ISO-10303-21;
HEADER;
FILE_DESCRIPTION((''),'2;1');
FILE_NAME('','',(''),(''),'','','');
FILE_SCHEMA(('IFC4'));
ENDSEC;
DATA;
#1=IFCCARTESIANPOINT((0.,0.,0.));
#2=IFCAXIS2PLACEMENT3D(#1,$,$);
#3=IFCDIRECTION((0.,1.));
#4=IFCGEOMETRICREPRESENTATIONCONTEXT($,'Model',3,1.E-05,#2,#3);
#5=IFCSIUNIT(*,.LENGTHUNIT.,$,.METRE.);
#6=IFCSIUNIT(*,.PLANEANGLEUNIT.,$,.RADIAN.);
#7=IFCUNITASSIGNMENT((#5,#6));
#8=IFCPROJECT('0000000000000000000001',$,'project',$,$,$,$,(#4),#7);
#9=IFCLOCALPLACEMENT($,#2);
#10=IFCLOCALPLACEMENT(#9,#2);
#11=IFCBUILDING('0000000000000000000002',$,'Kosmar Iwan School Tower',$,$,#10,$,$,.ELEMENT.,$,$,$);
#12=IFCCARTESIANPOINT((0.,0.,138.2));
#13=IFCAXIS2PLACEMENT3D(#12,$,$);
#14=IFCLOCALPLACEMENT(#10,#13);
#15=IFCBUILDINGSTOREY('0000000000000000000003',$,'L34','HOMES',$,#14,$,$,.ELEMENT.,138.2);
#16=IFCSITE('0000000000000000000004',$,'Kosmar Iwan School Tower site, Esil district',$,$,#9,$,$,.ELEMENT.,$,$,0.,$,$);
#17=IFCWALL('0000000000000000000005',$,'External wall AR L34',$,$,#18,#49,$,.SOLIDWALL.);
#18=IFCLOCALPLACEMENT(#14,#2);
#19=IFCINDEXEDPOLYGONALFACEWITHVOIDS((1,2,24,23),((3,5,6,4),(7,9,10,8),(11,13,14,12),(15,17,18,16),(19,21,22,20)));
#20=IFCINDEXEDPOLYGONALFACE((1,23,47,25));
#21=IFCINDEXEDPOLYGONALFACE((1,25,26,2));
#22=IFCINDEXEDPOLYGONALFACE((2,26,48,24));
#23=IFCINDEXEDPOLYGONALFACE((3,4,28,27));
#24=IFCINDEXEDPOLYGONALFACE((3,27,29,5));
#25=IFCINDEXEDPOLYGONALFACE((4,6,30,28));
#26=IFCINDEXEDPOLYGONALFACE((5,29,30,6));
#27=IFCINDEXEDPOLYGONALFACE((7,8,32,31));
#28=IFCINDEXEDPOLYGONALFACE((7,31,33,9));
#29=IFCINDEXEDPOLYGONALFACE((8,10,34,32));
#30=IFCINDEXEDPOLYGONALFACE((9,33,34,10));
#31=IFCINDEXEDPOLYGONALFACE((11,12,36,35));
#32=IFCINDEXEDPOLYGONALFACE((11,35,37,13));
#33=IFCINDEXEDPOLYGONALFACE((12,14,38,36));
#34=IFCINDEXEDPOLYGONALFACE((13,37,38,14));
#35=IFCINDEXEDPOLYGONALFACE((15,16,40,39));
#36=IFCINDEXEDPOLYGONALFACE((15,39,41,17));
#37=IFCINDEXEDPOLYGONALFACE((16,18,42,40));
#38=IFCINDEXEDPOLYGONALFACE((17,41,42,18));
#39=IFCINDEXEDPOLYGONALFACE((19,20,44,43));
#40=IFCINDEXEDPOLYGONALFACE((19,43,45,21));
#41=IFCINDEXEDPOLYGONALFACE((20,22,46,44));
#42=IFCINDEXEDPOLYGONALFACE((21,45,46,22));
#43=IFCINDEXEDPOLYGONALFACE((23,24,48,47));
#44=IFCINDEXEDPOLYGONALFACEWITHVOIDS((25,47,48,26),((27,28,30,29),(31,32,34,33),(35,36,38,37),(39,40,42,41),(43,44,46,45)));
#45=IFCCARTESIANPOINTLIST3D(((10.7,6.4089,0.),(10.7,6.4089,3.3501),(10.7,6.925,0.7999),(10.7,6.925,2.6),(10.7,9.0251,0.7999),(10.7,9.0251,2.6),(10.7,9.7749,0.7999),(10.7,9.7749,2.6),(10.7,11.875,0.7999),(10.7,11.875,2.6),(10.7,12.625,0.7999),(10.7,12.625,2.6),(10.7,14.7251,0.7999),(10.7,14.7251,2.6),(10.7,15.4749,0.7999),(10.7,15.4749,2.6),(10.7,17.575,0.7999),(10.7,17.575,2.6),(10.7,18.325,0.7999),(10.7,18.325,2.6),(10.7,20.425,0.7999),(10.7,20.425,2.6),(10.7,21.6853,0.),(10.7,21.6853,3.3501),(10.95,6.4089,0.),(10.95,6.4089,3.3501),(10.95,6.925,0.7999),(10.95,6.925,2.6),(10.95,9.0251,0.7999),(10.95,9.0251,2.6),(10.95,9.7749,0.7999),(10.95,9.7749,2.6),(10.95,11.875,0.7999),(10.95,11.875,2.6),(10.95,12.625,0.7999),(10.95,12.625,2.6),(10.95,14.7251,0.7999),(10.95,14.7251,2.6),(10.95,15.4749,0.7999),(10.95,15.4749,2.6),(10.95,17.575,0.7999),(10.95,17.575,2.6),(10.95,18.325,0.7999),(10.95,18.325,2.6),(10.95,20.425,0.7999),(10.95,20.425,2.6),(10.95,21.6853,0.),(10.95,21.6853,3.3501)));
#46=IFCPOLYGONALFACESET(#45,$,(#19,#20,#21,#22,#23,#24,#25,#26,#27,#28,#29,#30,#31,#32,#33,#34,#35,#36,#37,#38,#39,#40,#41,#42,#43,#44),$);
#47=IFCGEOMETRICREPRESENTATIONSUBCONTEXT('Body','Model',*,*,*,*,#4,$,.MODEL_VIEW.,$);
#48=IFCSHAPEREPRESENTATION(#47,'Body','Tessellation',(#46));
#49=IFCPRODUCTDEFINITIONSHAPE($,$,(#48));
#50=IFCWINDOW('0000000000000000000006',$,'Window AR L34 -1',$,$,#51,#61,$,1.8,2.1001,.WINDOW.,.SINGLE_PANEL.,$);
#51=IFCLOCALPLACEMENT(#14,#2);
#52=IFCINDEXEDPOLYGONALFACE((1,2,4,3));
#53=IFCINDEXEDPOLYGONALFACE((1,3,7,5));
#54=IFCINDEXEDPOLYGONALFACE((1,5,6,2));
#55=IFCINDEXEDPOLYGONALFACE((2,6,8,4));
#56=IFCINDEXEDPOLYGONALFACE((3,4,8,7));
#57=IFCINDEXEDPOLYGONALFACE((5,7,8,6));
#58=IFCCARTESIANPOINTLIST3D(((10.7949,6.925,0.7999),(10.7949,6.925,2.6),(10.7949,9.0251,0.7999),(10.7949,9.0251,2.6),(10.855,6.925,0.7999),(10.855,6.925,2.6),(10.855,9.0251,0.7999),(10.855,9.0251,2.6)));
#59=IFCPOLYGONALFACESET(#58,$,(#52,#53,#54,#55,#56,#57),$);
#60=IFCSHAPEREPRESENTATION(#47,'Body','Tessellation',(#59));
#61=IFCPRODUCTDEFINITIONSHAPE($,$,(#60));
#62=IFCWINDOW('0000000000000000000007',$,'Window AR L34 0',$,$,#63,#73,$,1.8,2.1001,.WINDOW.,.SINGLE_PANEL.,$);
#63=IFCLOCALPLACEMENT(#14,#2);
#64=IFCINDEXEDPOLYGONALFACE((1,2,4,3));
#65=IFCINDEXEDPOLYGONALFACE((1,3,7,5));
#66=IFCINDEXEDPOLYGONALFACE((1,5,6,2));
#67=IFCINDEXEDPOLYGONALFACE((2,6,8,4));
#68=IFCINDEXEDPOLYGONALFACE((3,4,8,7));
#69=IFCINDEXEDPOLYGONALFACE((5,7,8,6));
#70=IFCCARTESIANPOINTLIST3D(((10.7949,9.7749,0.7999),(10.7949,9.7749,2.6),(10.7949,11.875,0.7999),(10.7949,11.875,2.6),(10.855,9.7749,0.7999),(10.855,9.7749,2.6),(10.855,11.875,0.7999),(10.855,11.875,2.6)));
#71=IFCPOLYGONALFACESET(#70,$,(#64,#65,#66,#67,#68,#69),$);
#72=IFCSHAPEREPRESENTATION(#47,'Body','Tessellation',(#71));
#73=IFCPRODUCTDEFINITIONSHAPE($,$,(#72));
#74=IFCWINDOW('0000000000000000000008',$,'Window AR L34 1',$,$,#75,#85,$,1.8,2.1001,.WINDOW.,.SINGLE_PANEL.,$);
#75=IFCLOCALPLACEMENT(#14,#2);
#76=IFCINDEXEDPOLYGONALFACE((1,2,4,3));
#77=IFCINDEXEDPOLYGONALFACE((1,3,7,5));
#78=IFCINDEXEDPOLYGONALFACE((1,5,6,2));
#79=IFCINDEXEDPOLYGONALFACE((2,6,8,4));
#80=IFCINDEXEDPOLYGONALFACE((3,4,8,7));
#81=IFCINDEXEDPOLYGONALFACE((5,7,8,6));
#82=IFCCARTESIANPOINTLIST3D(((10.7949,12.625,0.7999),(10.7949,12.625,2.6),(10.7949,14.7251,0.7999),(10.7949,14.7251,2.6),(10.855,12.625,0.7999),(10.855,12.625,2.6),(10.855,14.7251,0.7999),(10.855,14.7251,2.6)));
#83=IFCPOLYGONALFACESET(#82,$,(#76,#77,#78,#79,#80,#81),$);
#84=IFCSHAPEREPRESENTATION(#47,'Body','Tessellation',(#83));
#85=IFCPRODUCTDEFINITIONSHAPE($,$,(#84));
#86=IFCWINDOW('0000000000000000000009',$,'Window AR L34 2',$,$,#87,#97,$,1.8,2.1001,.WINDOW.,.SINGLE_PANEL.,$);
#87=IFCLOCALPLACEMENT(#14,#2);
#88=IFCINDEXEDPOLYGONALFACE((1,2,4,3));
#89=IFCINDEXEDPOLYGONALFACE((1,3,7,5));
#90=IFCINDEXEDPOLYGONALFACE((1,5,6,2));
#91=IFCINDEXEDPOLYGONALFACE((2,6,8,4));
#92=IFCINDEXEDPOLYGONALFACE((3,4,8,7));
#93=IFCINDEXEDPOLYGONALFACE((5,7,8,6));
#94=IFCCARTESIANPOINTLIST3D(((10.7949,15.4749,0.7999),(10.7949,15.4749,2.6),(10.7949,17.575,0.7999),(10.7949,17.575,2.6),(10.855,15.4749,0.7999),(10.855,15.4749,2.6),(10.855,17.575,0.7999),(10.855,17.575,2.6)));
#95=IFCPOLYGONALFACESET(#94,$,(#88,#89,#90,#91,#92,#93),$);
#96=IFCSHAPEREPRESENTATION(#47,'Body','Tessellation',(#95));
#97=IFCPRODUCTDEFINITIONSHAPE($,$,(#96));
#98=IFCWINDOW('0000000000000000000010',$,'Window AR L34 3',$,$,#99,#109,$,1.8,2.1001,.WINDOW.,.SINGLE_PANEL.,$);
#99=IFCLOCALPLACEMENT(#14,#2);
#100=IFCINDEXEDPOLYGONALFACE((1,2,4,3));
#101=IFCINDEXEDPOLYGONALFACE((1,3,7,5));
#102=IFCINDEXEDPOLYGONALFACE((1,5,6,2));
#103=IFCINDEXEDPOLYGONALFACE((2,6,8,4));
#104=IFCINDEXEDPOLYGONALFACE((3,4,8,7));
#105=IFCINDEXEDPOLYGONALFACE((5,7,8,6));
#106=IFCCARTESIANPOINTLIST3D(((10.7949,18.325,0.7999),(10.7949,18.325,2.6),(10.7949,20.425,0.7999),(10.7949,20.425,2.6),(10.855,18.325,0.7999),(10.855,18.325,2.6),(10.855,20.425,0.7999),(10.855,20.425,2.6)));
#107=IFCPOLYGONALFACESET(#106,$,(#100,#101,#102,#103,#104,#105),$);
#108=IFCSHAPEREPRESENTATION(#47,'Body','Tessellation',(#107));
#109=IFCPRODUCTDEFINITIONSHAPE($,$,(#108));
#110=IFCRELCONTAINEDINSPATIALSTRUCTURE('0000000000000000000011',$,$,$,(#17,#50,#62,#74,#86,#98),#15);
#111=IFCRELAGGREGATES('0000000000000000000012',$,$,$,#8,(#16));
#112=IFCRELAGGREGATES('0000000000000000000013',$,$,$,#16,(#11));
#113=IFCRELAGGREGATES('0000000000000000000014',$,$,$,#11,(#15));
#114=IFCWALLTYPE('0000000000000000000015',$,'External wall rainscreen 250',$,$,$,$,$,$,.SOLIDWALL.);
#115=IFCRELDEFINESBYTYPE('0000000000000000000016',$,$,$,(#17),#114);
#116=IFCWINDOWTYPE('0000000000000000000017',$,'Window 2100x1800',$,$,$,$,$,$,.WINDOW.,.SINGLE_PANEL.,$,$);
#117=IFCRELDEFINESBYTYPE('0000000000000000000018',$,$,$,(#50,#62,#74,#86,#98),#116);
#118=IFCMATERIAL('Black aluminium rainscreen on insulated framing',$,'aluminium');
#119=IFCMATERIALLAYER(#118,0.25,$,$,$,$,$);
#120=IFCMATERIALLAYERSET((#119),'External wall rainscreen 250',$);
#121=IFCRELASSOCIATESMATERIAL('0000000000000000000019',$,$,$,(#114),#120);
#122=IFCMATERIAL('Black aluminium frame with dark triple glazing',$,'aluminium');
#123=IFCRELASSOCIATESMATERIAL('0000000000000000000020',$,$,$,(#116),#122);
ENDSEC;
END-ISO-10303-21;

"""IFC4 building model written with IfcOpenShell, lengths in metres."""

from ifc_helpers import new_model, si_unit, direction, frame, frame_2d, origin, place, context, subcontext, project, spatial, rectangle, extrude, material, layer, layer_set, type_object, element, fill, save


model = new_model("IFC4")

# Units and contexts
model_context = context("Model", 3, precision=1e-05, world=origin(), true_north=direction((0.0, 1.0)))
body_context = subcontext(model_context, "Body", "Model", "MODEL_VIEW")
ifc_project = project(units=[si_unit("LENGTHUNIT", "METRE"), si_unit("PLANEANGLEUNIT", "RADIAN")], contexts=[model_context])

# Site, building, storey
site_placement = place(None, origin())
site = spatial("IfcSite", under=ifc_project, at=site_placement, Name="Kosmar Iwan School Tower site, Esil district", CompositionType="ELEMENT", RefElevation=0.0)
building_placement = place(site_placement, origin())
building = spatial("IfcBuilding", under=site, at=building_placement, Name="Kosmar Iwan School Tower", CompositionType="ELEMENT")
storey_placement = place(building_placement, frame((0.0, 0.0, 138.2)))
storey = spatial("IfcBuildingStorey", under=building, at=storey_placement, Name="L34", Description="HOMES", CompositionType="ELEMENT", Elevation=138.2)

# Wall, openings, windows
ifc_material_1 = material(Name="Black aluminium rainscreen on insulated framing", Category="aluminium")
ifc_layer_1 = layer(ifc_material_1, 0.25)
ifc_layer_set_1 = layer_set([ifc_layer_1], Name="External wall rainscreen 250")
wall_type_1 = type_object("IfcWallType", Name="External wall rainscreen 250", PredefinedType="SOLIDWALL", material=ifc_layer_set_1)
ifc_material_2 = material(Name="Black aluminium frame with dark triple glazing", Category="aluminium")
window_type = type_object("IfcWindowType", Name="Window 2100x1800", PartitioningType="SINGLE_PANEL", PredefinedType="WINDOW", material=ifc_material_2)
wall_1_placement = place(storey_placement, frame((10.825, 6.4089, 0.0), z_axis=(0.0, 0.0, 1.0), x_axis=(0.0, 1.0, 0.0)))
wall_1 = element("IfcWall", 1, at=wall_1_placement, inside=storey, type_object=wall_type_1, Name="External wall AR L34", PredefinedType="SOLIDWALL", context=body_context, shape_type="SweptSolid", body=[
    extrude(rectangle(XDim=15.2764, YDim=0.25, at=frame_2d((7.6382, 0.0))), origin(), (0.0, 0.0, 1.0), 3.3501),
])
opening_1_placement = place(wall_1_placement, frame((0.5161, 0.0, 0.8)))
opening_1 = element("IfcOpeningElement", 2, at=opening_1_placement, cuts=wall_1, PredefinedType="OPENING", context=body_context, shape_type="SweptSolid", body=[
    extrude(rectangle(XDim=2.1001, YDim=1.8, at=frame_2d((1.05, 0.8999))), frame((0.0, 0.137, 0.0), z_axis=(0.0, -1.0, 0.0), x_axis=(1.0, 0.0, 0.0)), (0.0, 0.0, 1.0), 0.2739),
])
opening_2_placement = place(wall_1_placement, frame((3.366, 0.0, 0.8)))
opening_2 = element("IfcOpeningElement", 3, at=opening_2_placement, cuts=wall_1, PredefinedType="OPENING", context=body_context, shape_type="SweptSolid", body=[
    extrude(rectangle(XDim=2.1001, YDim=1.8, at=frame_2d((1.05, 0.8999))), frame((0.0, 0.137, 0.0), z_axis=(0.0, -1.0, 0.0), x_axis=(1.0, 0.0, 0.0)), (0.0, 0.0, 1.0), 0.2739),
])
opening_3_placement = place(wall_1_placement, frame((6.2161, 0.0, 0.8)))
opening_3 = element("IfcOpeningElement", 4, at=opening_3_placement, cuts=wall_1, PredefinedType="OPENING", context=body_context, shape_type="SweptSolid", body=[
    extrude(rectangle(XDim=2.1001, YDim=1.8, at=frame_2d((1.05, 0.8999))), frame((0.0, 0.137, 0.0), z_axis=(0.0, -1.0, 0.0), x_axis=(1.0, 0.0, 0.0)), (0.0, 0.0, 1.0), 0.2739),
])
opening_4_placement = place(wall_1_placement, frame((9.0659, 0.0, 0.8)))
opening_4 = element("IfcOpeningElement", 5, at=opening_4_placement, cuts=wall_1, PredefinedType="OPENING", context=body_context, shape_type="SweptSolid", body=[
    extrude(rectangle(XDim=2.1001, YDim=1.8, at=frame_2d((1.05, 0.8999))), frame((0.0, 0.137, 0.0), z_axis=(0.0, -1.0, 0.0), x_axis=(1.0, 0.0, 0.0)), (0.0, 0.0, 1.0), 0.2739),
])
opening_5_placement = place(wall_1_placement, frame((11.916, 0.0, 0.8)))
opening_5 = element("IfcOpeningElement", 6, at=opening_5_placement, cuts=wall_1, PredefinedType="OPENING", context=body_context, shape_type="SweptSolid", body=[
    extrude(rectangle(XDim=2.1001, YDim=1.8, at=frame_2d((1.05, 0.8999))), frame((0.0, 0.137, 0.0), z_axis=(0.0, -1.0, 0.0), x_axis=(1.0, 0.0, 0.0)), (0.0, 0.0, 1.0), 0.2739),
])
window_1_placement = place(opening_1_placement, origin())
window_1 = element("IfcWindow", 7, at=window_1_placement, inside=storey, type_object=window_type, Name="Window AR L34 -1", OverallHeight=1.8, OverallWidth=2.1001, PartitioningType="SINGLE_PANEL", PredefinedType="WINDOW", context=body_context, shape_type="SweptSolid", body=[
    extrude(rectangle(XDim=2.1001, YDim=1.8, at=frame_2d((1.05, 0.8999))), frame((0.0, 0.03, 0.0), z_axis=(0.0, -1.0, 0.0), x_axis=(1.0, 0.0, 0.0)), (0.0, 0.0, 1.0), 0.0601),
])
fill(opening_1, window_1)
window_2_placement = place(opening_2_placement, origin())
window_2 = element("IfcWindow", 8, at=window_2_placement, inside=storey, type_object=window_type, Name="Window AR L34 0", OverallHeight=1.8, OverallWidth=2.1001, PartitioningType="SINGLE_PANEL", PredefinedType="WINDOW", context=body_context, shape_type="SweptSolid", body=[
    extrude(rectangle(XDim=2.1001, YDim=1.8, at=frame_2d((1.05, 0.8999))), frame((0.0, 0.03, 0.0), z_axis=(0.0, -1.0, 0.0), x_axis=(1.0, 0.0, 0.0)), (0.0, 0.0, 1.0), 0.0601),
])
fill(opening_2, window_2)
window_3_placement = place(opening_3_placement, origin())
window_3 = element("IfcWindow", 9, at=window_3_placement, inside=storey, type_object=window_type, Name="Window AR L34 1", OverallHeight=1.8, OverallWidth=2.1001, PartitioningType="SINGLE_PANEL", PredefinedType="WINDOW", context=body_context, shape_type="SweptSolid", body=[
    extrude(rectangle(XDim=2.1001, YDim=1.8, at=frame_2d((1.05, 0.8999))), frame((0.0, 0.03, 0.0), z_axis=(0.0, -1.0, 0.0), x_axis=(1.0, 0.0, 0.0)), (0.0, 0.0, 1.0), 0.0601),
])
fill(opening_3, window_3)
window_4_placement = place(opening_4_placement, origin())
window_4 = element("IfcWindow", 10, at=window_4_placement, inside=storey, type_object=window_type, Name="Window AR L34 2", OverallHeight=1.8, OverallWidth=2.1001, PartitioningType="SINGLE_PANEL", PredefinedType="WINDOW", context=body_context, shape_type="SweptSolid", body=[
    extrude(rectangle(XDim=2.1001, YDim=1.8, at=frame_2d((1.05, 0.8999))), frame((0.0, 0.03, 0.0), z_axis=(0.0, -1.0, 0.0), x_axis=(1.0, 0.0, 0.0)), (0.0, 0.0, 1.0), 0.0601),
])
fill(opening_4, window_4)
window_5_placement = place(opening_5_placement, origin())
window_5 = element("IfcWindow", 11, at=window_5_placement, inside=storey, type_object=window_type, Name="Window AR L34 3", OverallHeight=1.8, OverallWidth=2.1001, PartitioningType="SINGLE_PANEL", PredefinedType="WINDOW", context=body_context, shape_type="SweptSolid", body=[
    extrude(rectangle(XDim=2.1001, YDim=1.8, at=frame_2d((1.05, 0.8999))), frame((0.0, 0.03, 0.0), z_axis=(0.0, -1.0, 0.0), x_axis=(1.0, 0.0, 0.0)), (0.0, 0.0, 1.0), 0.0601),
])
fill(opening_5, window_5)

save(model, "model.ifc")
